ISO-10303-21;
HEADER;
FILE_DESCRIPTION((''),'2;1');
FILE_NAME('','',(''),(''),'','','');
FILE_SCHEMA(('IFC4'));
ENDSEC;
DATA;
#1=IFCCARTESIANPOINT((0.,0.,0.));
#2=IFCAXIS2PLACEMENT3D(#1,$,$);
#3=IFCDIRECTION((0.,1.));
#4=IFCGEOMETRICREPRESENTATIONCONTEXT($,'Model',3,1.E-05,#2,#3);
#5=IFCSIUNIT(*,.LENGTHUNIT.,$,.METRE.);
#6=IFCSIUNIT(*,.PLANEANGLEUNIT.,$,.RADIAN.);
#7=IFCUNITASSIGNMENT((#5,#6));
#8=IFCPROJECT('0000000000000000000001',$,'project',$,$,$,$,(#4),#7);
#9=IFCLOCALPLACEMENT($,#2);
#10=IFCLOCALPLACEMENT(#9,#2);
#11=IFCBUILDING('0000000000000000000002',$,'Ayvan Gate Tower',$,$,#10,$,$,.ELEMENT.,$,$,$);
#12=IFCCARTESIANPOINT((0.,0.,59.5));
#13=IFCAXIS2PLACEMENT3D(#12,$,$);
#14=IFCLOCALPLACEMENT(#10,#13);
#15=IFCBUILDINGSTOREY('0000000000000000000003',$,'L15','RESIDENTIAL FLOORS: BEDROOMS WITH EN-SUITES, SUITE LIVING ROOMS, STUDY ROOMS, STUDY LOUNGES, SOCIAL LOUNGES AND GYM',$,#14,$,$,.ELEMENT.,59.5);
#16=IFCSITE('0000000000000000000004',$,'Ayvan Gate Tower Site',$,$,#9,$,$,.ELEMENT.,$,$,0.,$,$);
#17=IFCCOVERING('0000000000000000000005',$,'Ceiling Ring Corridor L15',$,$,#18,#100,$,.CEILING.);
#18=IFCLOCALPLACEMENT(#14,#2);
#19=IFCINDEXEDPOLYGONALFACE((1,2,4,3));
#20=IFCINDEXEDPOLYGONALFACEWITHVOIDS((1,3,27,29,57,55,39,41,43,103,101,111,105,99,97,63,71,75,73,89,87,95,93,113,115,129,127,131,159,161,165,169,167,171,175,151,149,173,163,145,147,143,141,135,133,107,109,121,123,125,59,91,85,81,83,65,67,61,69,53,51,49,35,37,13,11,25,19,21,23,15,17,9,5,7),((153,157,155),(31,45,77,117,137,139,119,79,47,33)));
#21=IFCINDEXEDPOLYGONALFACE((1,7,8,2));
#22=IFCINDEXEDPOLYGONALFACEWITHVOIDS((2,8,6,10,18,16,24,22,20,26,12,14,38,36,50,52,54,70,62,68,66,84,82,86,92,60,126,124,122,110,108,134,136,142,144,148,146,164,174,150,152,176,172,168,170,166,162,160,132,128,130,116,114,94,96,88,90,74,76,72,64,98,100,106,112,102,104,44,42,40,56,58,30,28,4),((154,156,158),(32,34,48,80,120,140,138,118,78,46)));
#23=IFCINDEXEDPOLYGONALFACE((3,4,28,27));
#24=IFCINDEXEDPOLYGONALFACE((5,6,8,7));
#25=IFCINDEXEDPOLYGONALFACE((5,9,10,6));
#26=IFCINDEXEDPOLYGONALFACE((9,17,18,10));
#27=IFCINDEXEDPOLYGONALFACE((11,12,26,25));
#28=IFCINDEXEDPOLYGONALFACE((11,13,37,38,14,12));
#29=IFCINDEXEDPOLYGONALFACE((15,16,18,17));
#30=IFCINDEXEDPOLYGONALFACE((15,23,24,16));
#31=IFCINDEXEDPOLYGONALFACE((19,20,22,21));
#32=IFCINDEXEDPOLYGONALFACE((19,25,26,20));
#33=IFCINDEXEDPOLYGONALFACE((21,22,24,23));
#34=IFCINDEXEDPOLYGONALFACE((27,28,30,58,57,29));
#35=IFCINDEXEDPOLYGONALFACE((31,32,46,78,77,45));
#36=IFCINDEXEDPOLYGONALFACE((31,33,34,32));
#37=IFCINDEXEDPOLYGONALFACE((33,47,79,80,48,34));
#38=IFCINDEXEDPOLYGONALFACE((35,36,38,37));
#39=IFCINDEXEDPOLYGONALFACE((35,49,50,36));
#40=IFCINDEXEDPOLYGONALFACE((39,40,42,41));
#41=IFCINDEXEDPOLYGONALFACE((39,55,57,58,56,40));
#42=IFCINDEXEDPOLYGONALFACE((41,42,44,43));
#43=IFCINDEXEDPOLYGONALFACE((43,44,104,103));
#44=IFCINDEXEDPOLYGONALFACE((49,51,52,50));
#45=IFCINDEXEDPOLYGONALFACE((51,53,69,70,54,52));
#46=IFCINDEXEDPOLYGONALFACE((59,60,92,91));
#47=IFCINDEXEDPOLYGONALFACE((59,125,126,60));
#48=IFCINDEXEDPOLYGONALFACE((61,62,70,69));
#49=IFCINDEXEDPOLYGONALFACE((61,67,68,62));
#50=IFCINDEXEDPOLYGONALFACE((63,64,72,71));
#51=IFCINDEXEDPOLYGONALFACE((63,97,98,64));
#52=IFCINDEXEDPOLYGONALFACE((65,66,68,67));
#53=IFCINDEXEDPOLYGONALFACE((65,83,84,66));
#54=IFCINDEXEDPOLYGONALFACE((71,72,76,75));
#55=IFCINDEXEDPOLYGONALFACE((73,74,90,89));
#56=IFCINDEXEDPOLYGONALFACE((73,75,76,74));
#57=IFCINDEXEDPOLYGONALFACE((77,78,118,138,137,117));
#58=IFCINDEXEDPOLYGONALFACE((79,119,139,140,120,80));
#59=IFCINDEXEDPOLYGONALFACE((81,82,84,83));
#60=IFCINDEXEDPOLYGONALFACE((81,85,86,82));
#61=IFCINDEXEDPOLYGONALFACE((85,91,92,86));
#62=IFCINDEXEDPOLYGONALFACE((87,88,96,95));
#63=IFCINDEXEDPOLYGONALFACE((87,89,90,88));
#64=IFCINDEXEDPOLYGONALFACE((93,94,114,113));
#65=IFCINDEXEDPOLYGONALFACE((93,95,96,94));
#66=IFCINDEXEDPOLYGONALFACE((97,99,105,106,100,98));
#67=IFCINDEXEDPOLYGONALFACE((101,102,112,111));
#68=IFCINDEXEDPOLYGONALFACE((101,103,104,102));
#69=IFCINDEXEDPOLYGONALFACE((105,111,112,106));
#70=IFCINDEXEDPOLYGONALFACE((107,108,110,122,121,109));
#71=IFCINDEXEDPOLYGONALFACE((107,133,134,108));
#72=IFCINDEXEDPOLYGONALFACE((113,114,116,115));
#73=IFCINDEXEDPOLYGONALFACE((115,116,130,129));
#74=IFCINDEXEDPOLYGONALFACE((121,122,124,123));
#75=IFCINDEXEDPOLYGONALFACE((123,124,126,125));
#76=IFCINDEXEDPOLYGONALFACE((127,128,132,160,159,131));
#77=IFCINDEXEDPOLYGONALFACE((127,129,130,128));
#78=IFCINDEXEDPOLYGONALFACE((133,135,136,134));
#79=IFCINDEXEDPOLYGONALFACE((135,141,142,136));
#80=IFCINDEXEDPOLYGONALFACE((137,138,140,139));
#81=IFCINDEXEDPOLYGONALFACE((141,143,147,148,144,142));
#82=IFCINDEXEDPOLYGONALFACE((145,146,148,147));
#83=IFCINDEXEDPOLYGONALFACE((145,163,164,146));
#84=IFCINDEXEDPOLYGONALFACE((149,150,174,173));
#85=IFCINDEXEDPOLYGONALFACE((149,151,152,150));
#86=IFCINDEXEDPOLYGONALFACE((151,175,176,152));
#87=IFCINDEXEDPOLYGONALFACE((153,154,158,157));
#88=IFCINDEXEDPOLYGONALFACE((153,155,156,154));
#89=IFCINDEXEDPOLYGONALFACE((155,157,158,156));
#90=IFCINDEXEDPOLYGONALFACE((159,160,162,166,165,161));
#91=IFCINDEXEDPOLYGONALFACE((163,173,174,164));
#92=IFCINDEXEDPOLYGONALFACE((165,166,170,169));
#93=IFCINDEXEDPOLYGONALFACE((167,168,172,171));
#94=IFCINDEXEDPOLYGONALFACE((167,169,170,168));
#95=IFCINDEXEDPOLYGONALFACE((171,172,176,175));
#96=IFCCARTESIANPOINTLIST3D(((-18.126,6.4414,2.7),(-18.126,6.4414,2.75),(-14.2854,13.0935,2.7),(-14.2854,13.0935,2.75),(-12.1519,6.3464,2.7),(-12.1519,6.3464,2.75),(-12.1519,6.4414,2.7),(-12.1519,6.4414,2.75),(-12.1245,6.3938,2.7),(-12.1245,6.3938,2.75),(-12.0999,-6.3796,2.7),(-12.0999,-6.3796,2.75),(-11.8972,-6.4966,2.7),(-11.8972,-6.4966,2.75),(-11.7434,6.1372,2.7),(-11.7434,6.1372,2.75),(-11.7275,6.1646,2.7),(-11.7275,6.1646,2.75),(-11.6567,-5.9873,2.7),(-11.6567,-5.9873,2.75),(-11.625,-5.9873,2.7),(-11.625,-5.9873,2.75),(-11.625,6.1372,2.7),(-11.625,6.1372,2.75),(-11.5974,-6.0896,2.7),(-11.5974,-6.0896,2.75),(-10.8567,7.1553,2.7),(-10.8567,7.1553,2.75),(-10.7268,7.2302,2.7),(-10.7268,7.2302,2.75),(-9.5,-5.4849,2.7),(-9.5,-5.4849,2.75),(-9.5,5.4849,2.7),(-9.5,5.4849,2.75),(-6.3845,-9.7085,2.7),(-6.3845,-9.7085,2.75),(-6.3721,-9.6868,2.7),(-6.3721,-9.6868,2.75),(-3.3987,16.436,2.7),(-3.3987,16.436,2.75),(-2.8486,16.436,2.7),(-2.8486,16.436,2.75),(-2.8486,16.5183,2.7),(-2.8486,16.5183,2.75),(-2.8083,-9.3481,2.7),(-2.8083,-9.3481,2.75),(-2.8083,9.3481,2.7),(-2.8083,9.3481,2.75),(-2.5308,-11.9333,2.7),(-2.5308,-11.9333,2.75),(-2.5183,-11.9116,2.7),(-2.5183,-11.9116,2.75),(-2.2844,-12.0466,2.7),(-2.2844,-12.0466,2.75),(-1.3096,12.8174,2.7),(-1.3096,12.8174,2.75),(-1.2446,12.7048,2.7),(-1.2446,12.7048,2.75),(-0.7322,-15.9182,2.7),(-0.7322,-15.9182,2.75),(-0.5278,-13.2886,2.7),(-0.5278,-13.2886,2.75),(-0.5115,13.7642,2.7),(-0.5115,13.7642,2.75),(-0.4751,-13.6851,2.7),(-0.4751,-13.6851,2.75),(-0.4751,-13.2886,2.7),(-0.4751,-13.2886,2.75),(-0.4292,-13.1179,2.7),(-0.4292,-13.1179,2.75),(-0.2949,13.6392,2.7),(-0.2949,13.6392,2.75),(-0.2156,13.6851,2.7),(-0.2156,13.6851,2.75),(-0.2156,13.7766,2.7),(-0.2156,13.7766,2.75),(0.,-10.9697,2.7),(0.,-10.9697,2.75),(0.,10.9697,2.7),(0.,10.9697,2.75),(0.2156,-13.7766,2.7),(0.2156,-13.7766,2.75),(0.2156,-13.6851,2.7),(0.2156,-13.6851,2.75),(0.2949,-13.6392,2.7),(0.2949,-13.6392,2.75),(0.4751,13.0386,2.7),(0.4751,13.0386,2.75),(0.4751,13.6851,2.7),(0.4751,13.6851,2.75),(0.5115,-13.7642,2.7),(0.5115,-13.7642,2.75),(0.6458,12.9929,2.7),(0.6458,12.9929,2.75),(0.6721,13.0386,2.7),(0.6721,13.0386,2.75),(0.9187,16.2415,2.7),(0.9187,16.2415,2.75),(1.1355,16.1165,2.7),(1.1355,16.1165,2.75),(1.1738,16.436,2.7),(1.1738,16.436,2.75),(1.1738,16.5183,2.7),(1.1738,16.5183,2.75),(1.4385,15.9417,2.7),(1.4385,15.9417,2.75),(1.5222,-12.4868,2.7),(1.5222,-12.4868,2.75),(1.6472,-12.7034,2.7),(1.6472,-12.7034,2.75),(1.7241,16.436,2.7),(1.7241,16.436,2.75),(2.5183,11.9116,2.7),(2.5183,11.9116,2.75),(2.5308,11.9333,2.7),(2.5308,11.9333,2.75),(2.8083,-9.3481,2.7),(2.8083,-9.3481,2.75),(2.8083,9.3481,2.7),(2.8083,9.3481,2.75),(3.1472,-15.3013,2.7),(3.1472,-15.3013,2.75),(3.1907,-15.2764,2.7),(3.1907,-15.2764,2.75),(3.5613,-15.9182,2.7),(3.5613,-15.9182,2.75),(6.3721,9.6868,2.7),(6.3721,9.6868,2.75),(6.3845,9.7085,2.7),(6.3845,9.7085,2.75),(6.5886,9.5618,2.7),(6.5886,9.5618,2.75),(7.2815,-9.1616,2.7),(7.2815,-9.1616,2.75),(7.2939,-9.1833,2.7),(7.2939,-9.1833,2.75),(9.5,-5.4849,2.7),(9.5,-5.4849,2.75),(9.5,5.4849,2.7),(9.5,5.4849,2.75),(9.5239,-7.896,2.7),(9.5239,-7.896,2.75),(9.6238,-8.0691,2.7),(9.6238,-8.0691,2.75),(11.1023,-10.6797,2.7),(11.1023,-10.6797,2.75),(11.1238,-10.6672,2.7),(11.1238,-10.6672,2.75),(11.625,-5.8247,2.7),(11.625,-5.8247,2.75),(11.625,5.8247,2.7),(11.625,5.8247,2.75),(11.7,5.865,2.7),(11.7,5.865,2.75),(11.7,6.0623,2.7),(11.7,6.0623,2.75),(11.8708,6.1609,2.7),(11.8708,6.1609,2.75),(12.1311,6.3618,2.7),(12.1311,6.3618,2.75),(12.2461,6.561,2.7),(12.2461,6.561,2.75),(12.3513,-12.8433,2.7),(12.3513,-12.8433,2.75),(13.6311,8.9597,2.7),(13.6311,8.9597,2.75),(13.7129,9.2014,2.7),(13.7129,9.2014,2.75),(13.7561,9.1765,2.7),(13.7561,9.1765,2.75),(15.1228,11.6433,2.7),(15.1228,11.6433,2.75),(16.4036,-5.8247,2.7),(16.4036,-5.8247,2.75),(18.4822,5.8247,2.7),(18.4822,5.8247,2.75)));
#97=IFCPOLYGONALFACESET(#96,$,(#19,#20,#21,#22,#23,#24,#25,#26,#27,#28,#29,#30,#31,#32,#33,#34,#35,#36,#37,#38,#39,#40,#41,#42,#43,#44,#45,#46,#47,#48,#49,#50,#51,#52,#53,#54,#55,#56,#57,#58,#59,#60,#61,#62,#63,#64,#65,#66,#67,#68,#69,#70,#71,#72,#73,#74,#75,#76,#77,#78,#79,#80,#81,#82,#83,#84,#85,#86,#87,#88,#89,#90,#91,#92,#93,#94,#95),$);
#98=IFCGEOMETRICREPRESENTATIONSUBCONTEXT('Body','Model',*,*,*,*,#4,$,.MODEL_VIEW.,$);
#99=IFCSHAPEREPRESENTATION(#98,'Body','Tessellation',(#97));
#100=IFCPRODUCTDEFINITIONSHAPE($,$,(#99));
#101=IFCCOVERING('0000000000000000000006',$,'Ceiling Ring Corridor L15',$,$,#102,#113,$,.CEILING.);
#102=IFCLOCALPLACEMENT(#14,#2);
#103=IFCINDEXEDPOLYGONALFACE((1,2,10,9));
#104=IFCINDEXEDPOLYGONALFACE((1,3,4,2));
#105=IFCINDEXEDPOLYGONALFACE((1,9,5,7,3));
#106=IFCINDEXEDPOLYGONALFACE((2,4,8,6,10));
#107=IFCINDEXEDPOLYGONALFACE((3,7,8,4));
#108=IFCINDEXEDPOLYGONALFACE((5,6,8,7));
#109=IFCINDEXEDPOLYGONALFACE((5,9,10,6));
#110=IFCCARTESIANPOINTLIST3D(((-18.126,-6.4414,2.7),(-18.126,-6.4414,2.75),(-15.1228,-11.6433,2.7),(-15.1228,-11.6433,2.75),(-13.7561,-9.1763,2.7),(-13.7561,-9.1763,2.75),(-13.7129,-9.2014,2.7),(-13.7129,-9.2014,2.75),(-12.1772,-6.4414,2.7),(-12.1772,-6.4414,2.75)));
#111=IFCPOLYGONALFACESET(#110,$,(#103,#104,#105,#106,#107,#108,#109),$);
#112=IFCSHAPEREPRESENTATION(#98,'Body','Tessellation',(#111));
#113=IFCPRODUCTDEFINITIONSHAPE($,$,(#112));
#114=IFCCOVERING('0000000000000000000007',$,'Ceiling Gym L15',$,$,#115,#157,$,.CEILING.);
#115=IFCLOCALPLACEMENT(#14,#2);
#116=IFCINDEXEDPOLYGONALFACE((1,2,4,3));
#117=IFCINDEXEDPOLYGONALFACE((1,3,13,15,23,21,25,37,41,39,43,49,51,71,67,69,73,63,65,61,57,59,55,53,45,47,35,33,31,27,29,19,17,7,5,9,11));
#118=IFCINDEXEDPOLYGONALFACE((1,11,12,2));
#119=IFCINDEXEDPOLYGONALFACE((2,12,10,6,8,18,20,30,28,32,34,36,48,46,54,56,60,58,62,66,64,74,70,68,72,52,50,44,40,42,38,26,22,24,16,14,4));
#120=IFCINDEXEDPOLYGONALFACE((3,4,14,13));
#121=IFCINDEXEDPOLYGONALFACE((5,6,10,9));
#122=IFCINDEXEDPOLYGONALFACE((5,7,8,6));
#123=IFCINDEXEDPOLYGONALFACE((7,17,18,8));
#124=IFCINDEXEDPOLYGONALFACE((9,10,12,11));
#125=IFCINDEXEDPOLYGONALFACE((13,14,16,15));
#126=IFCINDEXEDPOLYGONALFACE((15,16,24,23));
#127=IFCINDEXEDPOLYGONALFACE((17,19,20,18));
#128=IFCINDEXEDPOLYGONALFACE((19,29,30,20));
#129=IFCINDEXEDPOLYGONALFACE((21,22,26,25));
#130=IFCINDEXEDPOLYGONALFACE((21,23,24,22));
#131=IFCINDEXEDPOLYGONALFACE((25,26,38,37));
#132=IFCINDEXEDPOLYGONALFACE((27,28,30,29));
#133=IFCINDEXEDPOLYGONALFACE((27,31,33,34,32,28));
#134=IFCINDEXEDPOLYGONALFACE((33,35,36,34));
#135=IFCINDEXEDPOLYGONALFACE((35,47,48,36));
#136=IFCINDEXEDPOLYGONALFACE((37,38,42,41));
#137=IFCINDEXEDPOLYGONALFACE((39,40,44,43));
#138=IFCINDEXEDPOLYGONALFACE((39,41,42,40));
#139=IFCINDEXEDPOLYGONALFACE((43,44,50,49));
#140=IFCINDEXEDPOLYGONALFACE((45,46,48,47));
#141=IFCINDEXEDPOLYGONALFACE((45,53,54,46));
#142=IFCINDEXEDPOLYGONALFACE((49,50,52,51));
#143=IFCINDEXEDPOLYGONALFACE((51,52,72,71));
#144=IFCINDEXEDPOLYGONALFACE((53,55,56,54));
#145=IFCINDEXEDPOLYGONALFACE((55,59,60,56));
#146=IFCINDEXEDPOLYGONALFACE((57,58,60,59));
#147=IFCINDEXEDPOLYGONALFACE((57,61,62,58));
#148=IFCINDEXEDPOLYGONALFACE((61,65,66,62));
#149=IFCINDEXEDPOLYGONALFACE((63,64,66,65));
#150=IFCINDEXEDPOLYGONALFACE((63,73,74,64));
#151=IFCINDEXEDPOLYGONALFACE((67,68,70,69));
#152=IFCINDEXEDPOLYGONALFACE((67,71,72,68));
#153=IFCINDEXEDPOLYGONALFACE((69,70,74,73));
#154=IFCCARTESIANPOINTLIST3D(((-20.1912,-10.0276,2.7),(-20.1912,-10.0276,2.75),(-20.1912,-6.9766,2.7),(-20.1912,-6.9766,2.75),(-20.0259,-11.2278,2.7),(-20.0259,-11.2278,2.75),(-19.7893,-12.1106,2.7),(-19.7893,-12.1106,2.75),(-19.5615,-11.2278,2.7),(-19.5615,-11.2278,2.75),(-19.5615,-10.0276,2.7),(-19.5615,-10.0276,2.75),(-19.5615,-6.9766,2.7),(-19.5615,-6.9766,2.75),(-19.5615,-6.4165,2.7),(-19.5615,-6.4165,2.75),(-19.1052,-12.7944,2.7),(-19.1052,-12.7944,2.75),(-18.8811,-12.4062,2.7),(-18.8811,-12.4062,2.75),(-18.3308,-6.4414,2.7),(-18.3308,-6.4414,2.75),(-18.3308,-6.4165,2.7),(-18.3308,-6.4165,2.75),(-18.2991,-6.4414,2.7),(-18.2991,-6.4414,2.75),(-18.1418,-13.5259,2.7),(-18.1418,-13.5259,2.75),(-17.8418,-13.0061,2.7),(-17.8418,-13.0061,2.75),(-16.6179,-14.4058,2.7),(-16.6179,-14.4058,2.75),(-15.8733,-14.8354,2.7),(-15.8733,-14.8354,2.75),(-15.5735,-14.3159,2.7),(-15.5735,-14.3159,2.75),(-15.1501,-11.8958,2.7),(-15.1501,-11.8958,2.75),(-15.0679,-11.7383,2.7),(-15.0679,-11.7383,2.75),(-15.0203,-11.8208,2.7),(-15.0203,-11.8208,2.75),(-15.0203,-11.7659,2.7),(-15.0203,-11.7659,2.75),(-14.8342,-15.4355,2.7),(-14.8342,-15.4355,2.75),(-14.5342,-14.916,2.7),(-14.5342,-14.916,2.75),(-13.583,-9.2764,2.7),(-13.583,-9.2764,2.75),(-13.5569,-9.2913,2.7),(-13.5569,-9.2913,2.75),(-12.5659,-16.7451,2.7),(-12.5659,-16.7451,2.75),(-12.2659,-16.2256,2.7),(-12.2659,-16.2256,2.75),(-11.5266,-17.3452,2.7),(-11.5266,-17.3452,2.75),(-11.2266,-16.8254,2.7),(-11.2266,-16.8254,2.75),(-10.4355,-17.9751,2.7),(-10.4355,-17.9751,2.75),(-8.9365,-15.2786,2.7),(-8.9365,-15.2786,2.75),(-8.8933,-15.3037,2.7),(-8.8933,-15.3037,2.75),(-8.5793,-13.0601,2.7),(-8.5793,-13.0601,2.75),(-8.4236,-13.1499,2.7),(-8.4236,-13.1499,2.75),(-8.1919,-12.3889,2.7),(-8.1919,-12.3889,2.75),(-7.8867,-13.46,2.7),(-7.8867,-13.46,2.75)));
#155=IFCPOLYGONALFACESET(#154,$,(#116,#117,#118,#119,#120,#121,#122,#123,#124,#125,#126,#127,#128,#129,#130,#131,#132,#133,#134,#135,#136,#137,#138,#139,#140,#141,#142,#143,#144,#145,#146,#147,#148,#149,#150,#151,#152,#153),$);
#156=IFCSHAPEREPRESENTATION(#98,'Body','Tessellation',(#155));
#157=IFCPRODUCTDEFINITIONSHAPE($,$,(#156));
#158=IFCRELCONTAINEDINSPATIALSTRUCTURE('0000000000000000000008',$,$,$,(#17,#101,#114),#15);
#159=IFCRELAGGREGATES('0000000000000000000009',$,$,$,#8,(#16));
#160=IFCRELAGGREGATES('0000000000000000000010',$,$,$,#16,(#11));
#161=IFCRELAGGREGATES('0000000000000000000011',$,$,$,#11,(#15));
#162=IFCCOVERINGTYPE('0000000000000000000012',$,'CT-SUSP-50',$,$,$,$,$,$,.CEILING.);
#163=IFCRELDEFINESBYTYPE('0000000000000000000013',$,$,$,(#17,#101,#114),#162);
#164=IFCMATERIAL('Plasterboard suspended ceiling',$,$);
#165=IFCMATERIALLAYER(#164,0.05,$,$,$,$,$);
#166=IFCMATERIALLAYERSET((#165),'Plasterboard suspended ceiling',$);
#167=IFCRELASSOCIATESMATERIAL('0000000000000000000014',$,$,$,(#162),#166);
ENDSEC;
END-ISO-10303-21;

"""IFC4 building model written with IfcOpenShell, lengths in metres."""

from ifc_helpers import new_model, si_unit, direction, frame, origin, place, context, subcontext, project, spatial, polyline, outline, extrude, material, layer, layer_set, type_object, element, save


model = new_model("IFC4")

# Units and contexts
model_context = context("Model", 3, precision=1e-05, world=origin(), true_north=direction((0.0, 1.0)))
body_context = subcontext(model_context, "Body", "Model", "MODEL_VIEW")
ifc_project = project(units=[si_unit("LENGTHUNIT", "METRE"), si_unit("PLANEANGLEUNIT", "RADIAN")], contexts=[model_context])

# Site, building, storey
site_placement = place(None, origin())
site = spatial("IfcSite", under=ifc_project, at=site_placement, Name="Ayvan Gate Tower Site", CompositionType="ELEMENT", RefElevation=0.0)
building_placement = place(site_placement, origin())
building = spatial("IfcBuilding", under=site, at=building_placement, Name="Ayvan Gate Tower", CompositionType="ELEMENT")
storey_placement = place(building_placement, frame((0.0, 0.0, 59.5)))
storey = spatial("IfcBuildingStorey", under=building, at=storey_placement, Name="L15", Description="RESIDENTIAL FLOORS: BEDROOMS WITH EN-SUITES, SUITE LIVING ROOMS, STUDY ROOMS, STUDY LOUNGES, SOCIAL LOUNGES AND GYM", CompositionType="ELEMENT", Elevation=59.5)

# Coverings
ifc_material_1 = material(Name="Plasterboard suspended ceiling")
ifc_layer_1 = layer(ifc_material_1, 0.05)
ifc_layer_set_1 = layer_set([ifc_layer_1], Name="Plasterboard suspended ceiling")
covering_type = type_object("IfcCoveringType", Name="CT-SUSP-50", PredefinedType="CEILING", material=ifc_layer_set_1)
covering_1_placement = place(storey_placement, frame((0.0, 0.0, 2.7)))
element("IfcCovering", 1, at=covering_1_placement, inside=storey, type_object=covering_type, Name="Ceiling Ring Corridor L15", PredefinedType="CEILING", context=body_context, shape_type="SweptSolid", body=[
    extrude(outline(polyline([(-12.1519, 6.4414), (-18.126, 6.4414), (-14.2854, 13.0935), (-10.8567, 7.1553), (-10.7268, 7.2302), (-1.2446, 12.7048), (-1.3096, 12.8174), (-3.3987, 16.436), (-2.8486, 16.436), (-2.8486, 16.5183), (1.1738, 16.5183), (1.1738, 16.436), (1.7241, 16.436), (1.4385, 15.9417), (1.1355, 16.1165), (0.9187, 16.2415), (-0.5115, 13.7642), (-0.2949, 13.6392), (-0.2156, 13.7766), (-0.2156, 13.6851), (0.4751, 13.6851), (0.4751, 13.0386), (0.6721, 13.0386), (0.6458, 12.9929), (2.5183, 11.9116), (2.5308, 11.9333), (6.3845, 9.7085), (6.3721, 9.6868), (6.5886, 9.5618), (12.1311, 6.3618), (12.2461, 6.561), (13.6311, 8.9597), (13.7561, 9.1765), (13.7129, 9.2014), (15.1228, 11.6433), (18.4822, 5.8247), (11.625, 5.8247), (11.625, -5.8247), (16.4036, -5.8247), (12.3513, -12.8433), (11.1023, -10.6797), (11.1238, -10.6672), (9.6238, -8.0691), (9.5239, -7.896), (7.2939, -9.1833), (7.2815, -9.1616), (1.5222, -12.4868), (1.6472, -12.7034), (3.1472, -15.3013), (3.1907, -15.2764), (3.5613, -15.9182), (-0.7322, -15.9182), (0.5115, -13.7642), (0.2949, -13.6392), (0.2156, -13.7766), (0.2156, -13.6851), (-0.4751, -13.6851), (-0.4751, -13.2886), (-0.5278, -13.2886), (-0.4292, -13.1179), (-2.2844, -12.0466), (-2.5183, -11.9116), (-2.5308, -11.9333), (-6.3845, -9.7085), (-6.3721, -9.6868), (-11.8972, -6.4966), (-12.0999, -6.3796), (-11.5974, -6.0896), (-11.6567, -5.9873), (-11.625, -5.9873), (-11.625, 6.1372), (-11.7434, 6.1372), (-11.7275, 6.1646), (-12.1245, 6.3938), (-12.1519, 6.3464), (-12.1519, 6.4414)]), holes=[polyline([(11.8708, 6.1609), (11.7, 6.0623), (11.7, 5.865), (11.8708, 6.1609)]), polyline([(-2.8083, -9.3481), (0.0, -10.9697), (2.8083, -9.3481), (9.5, -5.4849), (9.5, 5.4849), (2.8083, 9.3481), (0.0, 10.9697), (-2.8083, 9.3481), (-9.5, 5.4849), (-9.5, -5.4849), (-2.8083, -9.3481)])]), origin(), (0.0, 0.0, 1.0), 0.05),
])
covering_2_placement = place(storey_placement, frame((0.0, 0.0, 2.7)))
element("IfcCovering", 2, at=covering_2_placement, inside=storey, type_object=covering_type, Name="Ceiling Ring Corridor L15", PredefinedType="CEILING", context=body_context, shape_type="SweptSolid", body=[
    extrude(outline(polyline([(-13.7129, -9.2014), (-15.1228, -11.6433), (-18.126, -6.4414), (-12.1772, -6.4414), (-13.7561, -9.1763), (-13.7129, -9.2014)])), origin(), (0.0, 0.0, 1.0), 0.05),
])
covering_3_placement = place(storey_placement, frame((0.0, 0.0, 2.7)))
element("IfcCovering", 3, at=covering_3_placement, inside=storey, type_object=covering_type, Name="Ceiling Gym L15", PredefinedType="CEILING", context=body_context, shape_type="SweptSolid", body=[
    extrude(outline(polyline([(-19.5615, -11.2278), (-19.5615, -10.0276), (-20.1912, -10.0276), (-20.1912, -6.9766), (-19.5615, -6.9766), (-19.5615, -6.4165), (-18.3308, -6.4165), (-18.3308, -6.4414), (-18.2991, -6.4414), (-15.1501, -11.8958), (-15.0203, -11.8208), (-15.0679, -11.7383), (-15.0203, -11.7659), (-13.583, -9.2764), (-13.5569, -9.2913), (-8.1919, -12.3889), (-8.5793, -13.0601), (-8.4236, -13.1499), (-7.8867, -13.46), (-8.9365, -15.2786), (-8.8933, -15.3037), (-10.4355, -17.9751), (-11.5266, -17.3452), (-11.2266, -16.8254), (-12.2659, -16.2256), (-12.5659, -16.7451), (-14.8342, -15.4355), (-14.5342, -14.916), (-15.5735, -14.3159), (-15.8733, -14.8354), (-16.6179, -14.4058), (-18.1418, -13.5259), (-17.8418, -13.0061), (-18.8811, -12.4062), (-19.1052, -12.7944), (-19.7893, -12.1106), (-20.0259, -11.2278), (-19.5615, -11.2278)])), origin(), (0.0, 0.0, 1.0), 0.05),
])

save(model, "model.ifc")
